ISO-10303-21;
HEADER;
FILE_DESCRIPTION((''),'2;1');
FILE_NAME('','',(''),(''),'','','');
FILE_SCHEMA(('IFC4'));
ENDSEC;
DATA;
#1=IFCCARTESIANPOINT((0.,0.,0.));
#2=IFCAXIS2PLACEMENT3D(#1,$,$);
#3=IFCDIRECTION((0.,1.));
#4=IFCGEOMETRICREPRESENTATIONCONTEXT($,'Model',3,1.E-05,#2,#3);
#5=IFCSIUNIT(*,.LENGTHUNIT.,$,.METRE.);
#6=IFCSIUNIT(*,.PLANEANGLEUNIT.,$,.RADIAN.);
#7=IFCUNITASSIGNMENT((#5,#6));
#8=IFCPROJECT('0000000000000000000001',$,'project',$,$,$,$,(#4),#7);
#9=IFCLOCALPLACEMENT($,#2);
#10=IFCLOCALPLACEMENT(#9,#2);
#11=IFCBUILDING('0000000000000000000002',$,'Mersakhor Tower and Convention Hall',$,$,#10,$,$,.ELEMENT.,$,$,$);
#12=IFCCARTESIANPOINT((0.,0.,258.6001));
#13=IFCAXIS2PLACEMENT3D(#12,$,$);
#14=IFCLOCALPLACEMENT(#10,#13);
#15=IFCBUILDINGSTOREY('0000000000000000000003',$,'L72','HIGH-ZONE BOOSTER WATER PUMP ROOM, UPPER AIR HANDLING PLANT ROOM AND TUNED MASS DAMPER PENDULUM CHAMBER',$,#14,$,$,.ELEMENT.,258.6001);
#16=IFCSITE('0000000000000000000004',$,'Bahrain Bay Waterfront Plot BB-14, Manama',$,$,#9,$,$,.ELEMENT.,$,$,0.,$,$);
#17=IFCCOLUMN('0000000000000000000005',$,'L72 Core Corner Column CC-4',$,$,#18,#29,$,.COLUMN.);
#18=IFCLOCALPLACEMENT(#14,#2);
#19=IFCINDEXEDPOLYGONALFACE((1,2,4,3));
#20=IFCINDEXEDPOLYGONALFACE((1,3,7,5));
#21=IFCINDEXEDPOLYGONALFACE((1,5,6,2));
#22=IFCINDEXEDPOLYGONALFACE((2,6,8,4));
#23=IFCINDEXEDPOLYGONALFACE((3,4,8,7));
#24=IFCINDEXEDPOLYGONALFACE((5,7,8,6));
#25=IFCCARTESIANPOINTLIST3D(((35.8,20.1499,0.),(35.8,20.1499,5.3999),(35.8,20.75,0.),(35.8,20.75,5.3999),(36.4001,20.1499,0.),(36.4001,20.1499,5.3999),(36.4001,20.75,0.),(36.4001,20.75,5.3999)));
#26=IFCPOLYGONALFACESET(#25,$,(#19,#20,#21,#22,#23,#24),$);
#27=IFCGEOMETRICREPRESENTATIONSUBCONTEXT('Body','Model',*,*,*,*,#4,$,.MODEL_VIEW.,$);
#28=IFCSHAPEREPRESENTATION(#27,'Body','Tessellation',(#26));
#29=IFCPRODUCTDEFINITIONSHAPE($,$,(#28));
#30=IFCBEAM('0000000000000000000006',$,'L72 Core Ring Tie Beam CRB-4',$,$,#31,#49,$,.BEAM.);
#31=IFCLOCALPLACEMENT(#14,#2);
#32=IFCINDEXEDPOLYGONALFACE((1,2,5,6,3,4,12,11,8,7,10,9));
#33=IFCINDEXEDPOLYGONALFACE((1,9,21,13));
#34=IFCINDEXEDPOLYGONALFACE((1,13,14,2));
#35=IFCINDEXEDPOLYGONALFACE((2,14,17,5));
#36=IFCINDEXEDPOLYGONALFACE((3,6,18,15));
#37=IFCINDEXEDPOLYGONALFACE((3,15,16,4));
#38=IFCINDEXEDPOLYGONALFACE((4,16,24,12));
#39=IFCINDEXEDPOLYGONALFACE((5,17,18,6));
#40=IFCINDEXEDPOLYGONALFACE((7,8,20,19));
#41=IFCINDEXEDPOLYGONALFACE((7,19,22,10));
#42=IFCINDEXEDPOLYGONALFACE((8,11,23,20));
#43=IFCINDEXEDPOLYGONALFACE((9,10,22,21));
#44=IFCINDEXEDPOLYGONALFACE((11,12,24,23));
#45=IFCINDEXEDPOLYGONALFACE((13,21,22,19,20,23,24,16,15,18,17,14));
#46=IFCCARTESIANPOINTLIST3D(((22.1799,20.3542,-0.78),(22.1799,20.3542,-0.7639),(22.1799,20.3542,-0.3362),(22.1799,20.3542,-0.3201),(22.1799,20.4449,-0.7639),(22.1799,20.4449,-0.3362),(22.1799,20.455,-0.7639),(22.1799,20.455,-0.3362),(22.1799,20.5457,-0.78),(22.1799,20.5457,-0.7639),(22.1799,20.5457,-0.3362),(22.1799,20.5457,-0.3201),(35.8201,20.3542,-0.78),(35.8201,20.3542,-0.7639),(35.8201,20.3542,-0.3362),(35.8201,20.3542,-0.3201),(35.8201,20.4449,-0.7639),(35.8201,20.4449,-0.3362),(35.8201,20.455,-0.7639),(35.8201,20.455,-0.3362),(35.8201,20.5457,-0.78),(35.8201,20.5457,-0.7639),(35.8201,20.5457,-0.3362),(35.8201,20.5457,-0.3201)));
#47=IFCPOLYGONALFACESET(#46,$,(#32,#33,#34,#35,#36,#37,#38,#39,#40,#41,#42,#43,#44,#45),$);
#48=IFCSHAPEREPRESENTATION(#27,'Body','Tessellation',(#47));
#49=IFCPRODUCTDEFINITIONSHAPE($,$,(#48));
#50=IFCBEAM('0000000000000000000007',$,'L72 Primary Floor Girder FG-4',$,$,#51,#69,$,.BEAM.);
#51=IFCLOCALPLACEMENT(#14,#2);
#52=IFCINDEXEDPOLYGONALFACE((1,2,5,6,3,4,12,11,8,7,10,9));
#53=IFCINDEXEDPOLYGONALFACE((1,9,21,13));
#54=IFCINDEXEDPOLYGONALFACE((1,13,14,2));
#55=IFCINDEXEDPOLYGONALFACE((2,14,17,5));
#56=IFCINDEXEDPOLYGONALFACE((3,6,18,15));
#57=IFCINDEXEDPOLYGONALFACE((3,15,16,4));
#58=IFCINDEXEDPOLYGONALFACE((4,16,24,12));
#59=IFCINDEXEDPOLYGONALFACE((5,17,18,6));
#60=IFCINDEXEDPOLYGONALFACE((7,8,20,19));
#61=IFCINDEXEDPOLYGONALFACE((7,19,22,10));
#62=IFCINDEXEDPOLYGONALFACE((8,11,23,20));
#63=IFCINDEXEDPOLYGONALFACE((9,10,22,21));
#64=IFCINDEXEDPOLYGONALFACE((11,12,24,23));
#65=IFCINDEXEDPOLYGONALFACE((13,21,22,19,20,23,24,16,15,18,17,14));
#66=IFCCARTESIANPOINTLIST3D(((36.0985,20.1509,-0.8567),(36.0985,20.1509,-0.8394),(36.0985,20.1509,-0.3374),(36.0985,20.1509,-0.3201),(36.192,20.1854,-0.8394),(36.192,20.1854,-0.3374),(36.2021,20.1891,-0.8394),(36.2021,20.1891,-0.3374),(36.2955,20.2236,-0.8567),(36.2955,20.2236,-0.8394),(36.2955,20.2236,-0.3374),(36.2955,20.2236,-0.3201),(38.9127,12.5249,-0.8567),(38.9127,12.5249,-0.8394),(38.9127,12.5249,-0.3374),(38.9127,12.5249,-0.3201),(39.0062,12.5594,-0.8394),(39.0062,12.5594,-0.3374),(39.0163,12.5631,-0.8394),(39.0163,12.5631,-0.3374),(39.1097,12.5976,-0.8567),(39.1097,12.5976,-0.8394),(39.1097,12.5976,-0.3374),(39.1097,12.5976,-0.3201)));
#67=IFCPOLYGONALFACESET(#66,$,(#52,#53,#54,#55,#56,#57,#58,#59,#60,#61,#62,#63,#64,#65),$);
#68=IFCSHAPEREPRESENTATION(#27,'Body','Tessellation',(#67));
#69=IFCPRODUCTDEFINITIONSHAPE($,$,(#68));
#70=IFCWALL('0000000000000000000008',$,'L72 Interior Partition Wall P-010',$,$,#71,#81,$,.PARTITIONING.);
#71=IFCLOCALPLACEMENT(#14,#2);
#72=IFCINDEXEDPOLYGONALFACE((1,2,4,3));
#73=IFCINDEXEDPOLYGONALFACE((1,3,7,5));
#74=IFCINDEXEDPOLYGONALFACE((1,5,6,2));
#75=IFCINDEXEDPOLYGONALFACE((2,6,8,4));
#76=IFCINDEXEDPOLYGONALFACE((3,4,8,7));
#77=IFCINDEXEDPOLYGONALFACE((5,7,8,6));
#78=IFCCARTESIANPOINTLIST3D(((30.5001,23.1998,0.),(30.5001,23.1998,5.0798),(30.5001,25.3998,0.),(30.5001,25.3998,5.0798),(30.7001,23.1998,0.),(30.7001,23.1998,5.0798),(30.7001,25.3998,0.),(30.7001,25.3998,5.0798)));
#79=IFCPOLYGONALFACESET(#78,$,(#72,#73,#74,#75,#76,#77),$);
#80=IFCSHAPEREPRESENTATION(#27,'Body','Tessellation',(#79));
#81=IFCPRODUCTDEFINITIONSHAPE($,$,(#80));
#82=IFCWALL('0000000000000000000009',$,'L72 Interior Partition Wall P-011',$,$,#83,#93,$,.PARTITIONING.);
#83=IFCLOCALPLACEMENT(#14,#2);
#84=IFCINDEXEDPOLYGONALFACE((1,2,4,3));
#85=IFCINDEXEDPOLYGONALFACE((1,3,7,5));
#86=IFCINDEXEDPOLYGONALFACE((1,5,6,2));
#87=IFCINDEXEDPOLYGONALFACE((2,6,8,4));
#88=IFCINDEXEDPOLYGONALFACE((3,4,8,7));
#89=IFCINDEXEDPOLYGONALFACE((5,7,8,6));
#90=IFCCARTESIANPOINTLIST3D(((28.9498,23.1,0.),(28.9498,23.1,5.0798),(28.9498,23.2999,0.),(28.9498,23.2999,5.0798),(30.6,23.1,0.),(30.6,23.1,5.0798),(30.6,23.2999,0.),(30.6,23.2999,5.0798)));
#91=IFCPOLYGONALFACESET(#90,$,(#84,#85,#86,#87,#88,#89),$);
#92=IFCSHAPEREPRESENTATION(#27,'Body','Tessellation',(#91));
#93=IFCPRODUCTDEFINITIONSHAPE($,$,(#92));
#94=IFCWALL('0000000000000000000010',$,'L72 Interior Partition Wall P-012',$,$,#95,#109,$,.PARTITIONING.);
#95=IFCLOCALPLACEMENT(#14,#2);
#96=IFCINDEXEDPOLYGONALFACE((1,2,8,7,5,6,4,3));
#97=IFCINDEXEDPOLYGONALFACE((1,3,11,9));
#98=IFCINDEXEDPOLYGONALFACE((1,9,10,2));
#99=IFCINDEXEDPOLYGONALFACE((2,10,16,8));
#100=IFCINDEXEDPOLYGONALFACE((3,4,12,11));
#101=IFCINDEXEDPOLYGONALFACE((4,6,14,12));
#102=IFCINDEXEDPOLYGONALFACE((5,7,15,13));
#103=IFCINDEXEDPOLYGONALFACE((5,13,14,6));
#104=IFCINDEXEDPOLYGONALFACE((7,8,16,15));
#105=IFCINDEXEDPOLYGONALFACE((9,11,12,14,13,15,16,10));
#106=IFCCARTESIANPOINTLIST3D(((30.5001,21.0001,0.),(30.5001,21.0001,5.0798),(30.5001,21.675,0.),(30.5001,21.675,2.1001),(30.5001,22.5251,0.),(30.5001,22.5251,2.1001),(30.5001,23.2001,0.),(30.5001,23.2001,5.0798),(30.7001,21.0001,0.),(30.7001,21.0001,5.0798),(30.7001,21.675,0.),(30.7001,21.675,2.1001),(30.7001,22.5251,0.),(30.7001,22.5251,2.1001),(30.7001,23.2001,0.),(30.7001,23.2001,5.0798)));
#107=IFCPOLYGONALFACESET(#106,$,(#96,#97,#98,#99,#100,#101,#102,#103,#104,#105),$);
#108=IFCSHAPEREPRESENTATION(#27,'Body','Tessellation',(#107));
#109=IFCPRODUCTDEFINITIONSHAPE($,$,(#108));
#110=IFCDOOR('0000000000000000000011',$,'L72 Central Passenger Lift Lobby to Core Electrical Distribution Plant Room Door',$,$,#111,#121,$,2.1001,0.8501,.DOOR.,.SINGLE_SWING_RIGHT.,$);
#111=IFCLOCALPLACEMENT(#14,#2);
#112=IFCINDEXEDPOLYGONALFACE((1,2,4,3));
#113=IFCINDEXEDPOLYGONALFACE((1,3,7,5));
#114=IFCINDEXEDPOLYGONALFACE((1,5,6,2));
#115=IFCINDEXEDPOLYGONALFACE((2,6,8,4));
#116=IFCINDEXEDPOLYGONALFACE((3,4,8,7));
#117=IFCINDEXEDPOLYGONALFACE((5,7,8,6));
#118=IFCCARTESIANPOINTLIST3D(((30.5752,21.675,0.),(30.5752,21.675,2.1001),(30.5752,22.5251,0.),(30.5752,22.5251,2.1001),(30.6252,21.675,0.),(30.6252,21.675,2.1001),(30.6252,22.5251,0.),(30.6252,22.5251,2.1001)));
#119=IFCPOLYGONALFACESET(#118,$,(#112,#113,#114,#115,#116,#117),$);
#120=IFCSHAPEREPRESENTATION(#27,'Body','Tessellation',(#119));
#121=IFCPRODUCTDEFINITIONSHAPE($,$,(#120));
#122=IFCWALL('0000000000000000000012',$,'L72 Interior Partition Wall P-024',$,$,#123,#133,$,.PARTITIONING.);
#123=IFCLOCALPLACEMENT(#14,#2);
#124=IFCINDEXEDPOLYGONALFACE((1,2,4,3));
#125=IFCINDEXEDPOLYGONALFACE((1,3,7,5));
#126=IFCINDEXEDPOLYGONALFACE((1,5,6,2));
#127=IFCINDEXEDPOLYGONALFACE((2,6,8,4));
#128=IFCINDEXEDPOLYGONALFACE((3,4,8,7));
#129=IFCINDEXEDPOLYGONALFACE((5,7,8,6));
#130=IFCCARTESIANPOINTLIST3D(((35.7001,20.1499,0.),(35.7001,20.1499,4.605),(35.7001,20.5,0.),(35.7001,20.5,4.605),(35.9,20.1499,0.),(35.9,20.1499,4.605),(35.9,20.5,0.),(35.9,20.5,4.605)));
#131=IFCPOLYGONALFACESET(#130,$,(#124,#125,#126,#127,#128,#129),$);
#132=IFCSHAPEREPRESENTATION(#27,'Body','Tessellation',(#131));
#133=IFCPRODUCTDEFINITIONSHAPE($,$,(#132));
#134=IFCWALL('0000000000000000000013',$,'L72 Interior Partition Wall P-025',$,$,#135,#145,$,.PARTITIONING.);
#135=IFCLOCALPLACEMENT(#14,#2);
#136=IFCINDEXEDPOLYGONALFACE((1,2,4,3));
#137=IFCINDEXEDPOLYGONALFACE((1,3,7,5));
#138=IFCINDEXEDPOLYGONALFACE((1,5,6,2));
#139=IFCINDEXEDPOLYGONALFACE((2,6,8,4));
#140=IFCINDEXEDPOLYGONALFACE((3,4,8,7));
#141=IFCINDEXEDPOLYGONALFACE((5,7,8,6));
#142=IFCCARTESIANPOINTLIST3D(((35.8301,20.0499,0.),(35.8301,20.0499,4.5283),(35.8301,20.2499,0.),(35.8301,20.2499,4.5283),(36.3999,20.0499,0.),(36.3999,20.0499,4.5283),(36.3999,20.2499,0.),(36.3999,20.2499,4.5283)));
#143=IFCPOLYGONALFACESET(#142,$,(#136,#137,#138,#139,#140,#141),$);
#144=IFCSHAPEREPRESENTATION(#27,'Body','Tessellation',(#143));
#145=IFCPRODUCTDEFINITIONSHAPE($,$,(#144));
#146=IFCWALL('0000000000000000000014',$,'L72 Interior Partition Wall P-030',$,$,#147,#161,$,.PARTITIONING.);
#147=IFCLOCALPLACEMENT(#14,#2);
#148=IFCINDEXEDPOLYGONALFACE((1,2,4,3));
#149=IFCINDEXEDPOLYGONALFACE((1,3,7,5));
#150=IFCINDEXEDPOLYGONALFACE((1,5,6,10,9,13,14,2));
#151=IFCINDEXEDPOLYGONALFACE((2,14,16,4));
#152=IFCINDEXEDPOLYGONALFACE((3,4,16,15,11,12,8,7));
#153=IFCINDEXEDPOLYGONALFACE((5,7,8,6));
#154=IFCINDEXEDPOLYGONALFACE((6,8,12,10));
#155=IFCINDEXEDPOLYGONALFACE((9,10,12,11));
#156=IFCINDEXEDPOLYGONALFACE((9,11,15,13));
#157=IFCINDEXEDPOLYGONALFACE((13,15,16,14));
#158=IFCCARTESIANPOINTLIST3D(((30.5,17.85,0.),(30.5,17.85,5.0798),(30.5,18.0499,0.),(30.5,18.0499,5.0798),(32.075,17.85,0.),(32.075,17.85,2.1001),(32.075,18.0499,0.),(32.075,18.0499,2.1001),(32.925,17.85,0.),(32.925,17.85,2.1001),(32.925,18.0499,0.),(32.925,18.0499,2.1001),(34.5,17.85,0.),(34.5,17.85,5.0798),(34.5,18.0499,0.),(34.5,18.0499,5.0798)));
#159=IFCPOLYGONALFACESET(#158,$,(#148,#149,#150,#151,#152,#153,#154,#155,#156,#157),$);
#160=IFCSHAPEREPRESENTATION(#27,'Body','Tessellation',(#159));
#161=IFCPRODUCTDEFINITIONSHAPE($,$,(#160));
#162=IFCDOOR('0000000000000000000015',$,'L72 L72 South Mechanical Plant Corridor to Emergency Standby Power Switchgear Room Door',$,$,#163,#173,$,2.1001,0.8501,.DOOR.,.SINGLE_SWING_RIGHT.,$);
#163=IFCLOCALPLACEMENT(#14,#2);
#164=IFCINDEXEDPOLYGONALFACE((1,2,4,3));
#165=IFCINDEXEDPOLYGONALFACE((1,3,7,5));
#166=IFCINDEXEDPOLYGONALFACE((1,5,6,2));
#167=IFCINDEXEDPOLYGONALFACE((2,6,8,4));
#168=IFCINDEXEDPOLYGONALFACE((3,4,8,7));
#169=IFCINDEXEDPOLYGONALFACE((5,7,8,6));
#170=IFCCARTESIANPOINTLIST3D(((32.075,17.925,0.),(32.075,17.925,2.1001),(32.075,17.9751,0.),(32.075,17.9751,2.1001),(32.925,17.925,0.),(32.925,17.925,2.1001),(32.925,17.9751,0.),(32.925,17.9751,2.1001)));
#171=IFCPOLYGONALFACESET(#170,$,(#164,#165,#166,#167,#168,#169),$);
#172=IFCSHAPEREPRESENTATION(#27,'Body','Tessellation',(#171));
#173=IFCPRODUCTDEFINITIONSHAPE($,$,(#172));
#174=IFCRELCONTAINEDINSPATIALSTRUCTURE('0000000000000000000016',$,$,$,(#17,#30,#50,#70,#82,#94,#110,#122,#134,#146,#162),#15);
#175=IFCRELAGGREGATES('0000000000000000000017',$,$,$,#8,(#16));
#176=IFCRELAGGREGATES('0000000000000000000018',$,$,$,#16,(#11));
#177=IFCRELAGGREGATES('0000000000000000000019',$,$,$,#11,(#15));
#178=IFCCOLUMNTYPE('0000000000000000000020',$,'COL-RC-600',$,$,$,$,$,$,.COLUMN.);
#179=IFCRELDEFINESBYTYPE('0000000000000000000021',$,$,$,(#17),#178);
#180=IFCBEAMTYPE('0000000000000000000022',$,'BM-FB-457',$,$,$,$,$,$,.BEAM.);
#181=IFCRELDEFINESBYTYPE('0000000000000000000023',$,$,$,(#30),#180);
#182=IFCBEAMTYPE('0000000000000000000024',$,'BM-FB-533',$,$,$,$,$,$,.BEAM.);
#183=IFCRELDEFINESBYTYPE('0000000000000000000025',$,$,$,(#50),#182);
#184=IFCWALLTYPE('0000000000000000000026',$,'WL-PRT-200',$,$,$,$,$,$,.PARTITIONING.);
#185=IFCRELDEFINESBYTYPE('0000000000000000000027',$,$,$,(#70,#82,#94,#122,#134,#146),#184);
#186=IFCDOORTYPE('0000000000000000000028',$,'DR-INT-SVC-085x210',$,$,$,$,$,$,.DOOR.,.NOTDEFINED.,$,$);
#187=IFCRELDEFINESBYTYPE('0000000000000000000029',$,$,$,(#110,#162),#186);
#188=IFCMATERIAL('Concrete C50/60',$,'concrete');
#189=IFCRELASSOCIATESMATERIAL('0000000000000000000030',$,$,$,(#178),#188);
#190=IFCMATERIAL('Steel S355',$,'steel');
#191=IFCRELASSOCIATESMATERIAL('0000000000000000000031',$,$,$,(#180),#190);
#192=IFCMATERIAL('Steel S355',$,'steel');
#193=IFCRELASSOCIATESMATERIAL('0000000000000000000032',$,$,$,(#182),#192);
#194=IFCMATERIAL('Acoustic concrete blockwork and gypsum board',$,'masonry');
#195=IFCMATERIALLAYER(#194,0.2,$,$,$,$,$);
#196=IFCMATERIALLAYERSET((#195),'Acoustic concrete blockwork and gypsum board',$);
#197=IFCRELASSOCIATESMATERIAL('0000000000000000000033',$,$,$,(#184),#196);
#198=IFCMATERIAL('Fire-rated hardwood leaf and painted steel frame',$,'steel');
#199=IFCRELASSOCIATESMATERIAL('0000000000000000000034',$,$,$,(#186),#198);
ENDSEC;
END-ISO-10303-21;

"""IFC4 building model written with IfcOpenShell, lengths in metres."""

from ifc_helpers import new_model, si_unit, direction, frame, frame_2d, origin, origin_2d, place, context, subcontext, project, spatial, rectangle, i_section, extrude, material, layer, layer_set, material_profile, profile_set, type_object, element, fill, save


model = new_model("IFC4")

# Units and contexts
model_context = context("Model", 3, precision=1e-05, world=origin(), true_north=direction((0.0, 1.0)))
body_context = subcontext(model_context, "Body", "Model", "MODEL_VIEW")
ifc_project = project(units=[si_unit("LENGTHUNIT", "METRE"), si_unit("PLANEANGLEUNIT", "RADIAN")], contexts=[model_context])

# Site, building, storey
site_placement = place(None, origin())
site = spatial("IfcSite", under=ifc_project, at=site_placement, Name="Bahrain Bay Waterfront Plot BB-14, Manama", CompositionType="ELEMENT", RefElevation=0.0)
building_placement = place(site_placement, origin())
building = spatial("IfcBuilding", under=site, at=building_placement, Name="Mersakhor Tower and Convention Hall", CompositionType="ELEMENT")
storey_placement = place(building_placement, frame((0.0, 0.0, 258.6001)))
storey = spatial("IfcBuildingStorey", under=building, at=storey_placement, Name="L72", Description="HIGH-ZONE BOOSTER WATER PUMP ROOM, UPPER AIR HANDLING PLANT ROOM AND TUNED MASS DAMPER PENDULUM CHAMBER", CompositionType="ELEMENT", Elevation=258.6001)

# Column
ifc_material_1 = material(Name="Concrete C50/60", Category="concrete")
ifc_material_profile_1 = material_profile(ifc_material_1, rectangle(XDim=0.6001, YDim=0.6001, at=origin_2d()), Name="RC 600x600")
ifc_profile_set_1 = profile_set([ifc_material_profile_1], Name="Concrete C50/60")
column_type = type_object("IfcColumnType", Name="COL-RC-600", PredefinedType="COLUMN", material=ifc_profile_set_1)
column_placement = place(storey_placement, frame((36.1001, 20.45, 0.0), z_axis=(0.0, 0.0, 1.0), x_axis=(1.0, 0.0, 0.0)))
element("IfcColumn", 1, at=column_placement, inside=storey, type_object=column_type, Name="L72 Core Corner Column CC-4", PredefinedType="COLUMN", context=body_context, shape_type="SweptSolid", body=[
    extrude(rectangle(XDim=0.6001, YDim=0.6001, at=origin_2d()), origin(), (0.0, 0.0, 1.0), 5.3999),
])

# Beams
ifc_material_2 = material(Name="Steel S355", Category="steel")
ifc_material_profile_2 = material_profile(ifc_material_2, i_section(OverallWidth=0.1914, OverallDepth=0.46, WebThickness=0.01, FlangeThickness=0.0161, at=origin_2d()), Name="UB 457x191x82")
ifc_profile_set_2 = profile_set([ifc_material_profile_2], Name="Steel S355")
beam_type_1 = type_object("IfcBeamType", Name="BM-FB-457", PredefinedType="BEAM", material=ifc_profile_set_2)
beam_1_placement = place(storey_placement, frame((35.8201, 20.45, -0.55), z_axis=(-1.0, 0.0, 0.0), x_axis=(0.0, -1.0, 0.0)))
element("IfcBeam", 2, at=beam_1_placement, inside=storey, type_object=beam_type_1, Name="L72 Core Ring Tie Beam CRB-4", PredefinedType="BEAM", context=body_context, shape_type="SweptSolid", body=[
    extrude(i_section(OverallWidth=0.1914, OverallDepth=0.46, WebThickness=0.01, FlangeThickness=0.0161, at=origin_2d()), origin(), (0.0, 0.0, 1.0), 13.6401),
])
ifc_material_3 = material(Name="Steel S355", Category="steel")
ifc_material_profile_3 = material_profile(ifc_material_3, i_section(OverallWidth=0.21, OverallDepth=0.5366, WebThickness=0.0107, FlangeThickness=0.0173, at=origin_2d()), Name="UB 533x210x101")
ifc_profile_set_3 = profile_set([ifc_material_profile_3], Name="Steel S355")
beam_type_2 = type_object("IfcBeamType", Name="BM-FB-533", PredefinedType="BEAM", material=ifc_profile_set_3)
beam_2_placement = place(storey_placement, frame((36.197, 20.1873, -0.5884), z_axis=(0.346208, -0.938158, 0.0), x_axis=(0.938158, 0.346208, 0.0)))
element("IfcBeam", 3, at=beam_2_placement, inside=storey, type_object=beam_type_2, Name="L72 Primary Floor Girder FG-4", PredefinedType="BEAM", context=body_context, shape_type="SweptSolid", body=[
    extrude(i_section(OverallWidth=0.21, OverallDepth=0.5366, WebThickness=0.0107, FlangeThickness=0.0173, at=origin_2d()), origin(), (0.0, 0.0, 1.0), 8.1287),
])

# Walls
ifc_material_4 = material(Name="Acoustic concrete blockwork and gypsum board", Category="masonry")
ifc_layer_1 = layer(ifc_material_4, 0.2)
ifc_layer_set_1 = layer_set([ifc_layer_1], Name="Acoustic concrete blockwork and gypsum board")
wall_type_1 = type_object("IfcWallType", Name="WL-PRT-200", PredefinedType="PARTITIONING", material=ifc_layer_set_1)
wall_1_placement = place(storey_placement, frame((30.6001, 25.3999, 0.0), z_axis=(0.0, 0.0, 1.0), x_axis=(0.0, -1.0, 0.0)))
element("IfcWall", 4, at=wall_1_placement, inside=storey, type_object=wall_type_1, Name="L72 Interior Partition Wall P-010", PredefinedType="PARTITIONING", context=body_context, shape_type="SweptSolid", body=[
    extrude(rectangle(XDim=2.2, YDim=0.2, at=frame_2d((1.1001, 0.0))), origin(), (0.0, 0.0, 1.0), 5.0798),
])
wall_2_placement = place(storey_placement, frame((30.6001, 23.2, 0.0), z_axis=(0.0, 0.0, 1.0), x_axis=(-1.0, 0.0, 0.0)))
element("IfcWall", 5, at=wall_2_placement, inside=storey, type_object=wall_type_1, Name="L72 Interior Partition Wall P-011", PredefinedType="PARTITIONING", context=body_context, shape_type="SweptSolid", body=[
    extrude(rectangle(XDim=1.6501, YDim=0.2, at=frame_2d((0.8252, 0.0))), origin(), (0.0, 0.0, 1.0), 5.0798),
])

# Wall, opening, door
wall_3_placement = place(storey_placement, frame((30.6001, 21.0, 0.0), z_axis=(0.0, 0.0, 1.0), x_axis=(0.0, 1.0, 0.0)))
wall_3 = element("IfcWall", 6, at=wall_3_placement, inside=storey, type_object=wall_type_1, Name="L72 Interior Partition Wall P-012", PredefinedType="PARTITIONING", context=body_context, shape_type="SweptSolid", body=[
    extrude(rectangle(XDim=2.2, YDim=0.2, at=frame_2d((1.1001, 0.0))), origin(), (0.0, 0.0, 1.0), 5.0798),
])
opening_1_placement = place(wall_3_placement, frame((0.675, 0.0, 0.0)))
opening_1 = element("IfcOpeningElement", 7, at=opening_1_placement, cuts=wall_3, PredefinedType="OPENING", context=body_context, shape_type="SweptSolid", body=[
    extrude(rectangle(XDim=0.8501, YDim=2.1001, at=frame_2d((0.425, 1.05))), frame((0.0, 0.1099, 0.0), z_axis=(0.0, -1.0, 0.0), x_axis=(1.0, 0.0, 0.0)), (0.0, 0.0, 1.0), 0.22),
])
ifc_material_5 = material(Name="Fire-rated hardwood leaf and painted steel frame", Category="steel")
door_type_1 = type_object("IfcDoorType", Name="DR-INT-SVC-085x210", OperationType="NOTDEFINED", PredefinedType="DOOR", material=ifc_material_5)
door_1_placement = place(opening_1_placement, origin())
door_1 = element("IfcDoor", 8, at=door_1_placement, inside=storey, type_object=door_type_1, Name="L72 Central Passenger Lift Lobby to Core Electrical Distribution Plant Room Door", OperationType="SINGLE_SWING_RIGHT", OverallHeight=2.1001, OverallWidth=0.8501, PredefinedType="DOOR", context=body_context, shape_type="SweptSolid", body=[
    extrude(rectangle(XDim=0.8501, YDim=2.1001, at=frame_2d((0.425, 1.05))), frame((0.0, 0.0249, 0.0), z_axis=(0.0, -1.0, 0.0), x_axis=(1.0, 0.0, 0.0)), (0.0, 0.0, 1.0), 0.05),
])
fill(opening_1, door_1)

# Walls
wall_4_placement = place(storey_placement, frame((35.8, 20.5, 0.0), z_axis=(0.0, 0.0, 1.0), x_axis=(0.0, -1.0, 0.0)))
element("IfcWall", 9, at=wall_4_placement, inside=storey, type_object=wall_type_1, Name="L72 Interior Partition Wall P-024", PredefinedType="PARTITIONING", context=body_context, shape_type="SweptSolid", body=[
    extrude(rectangle(XDim=0.3501, YDim=0.2, at=frame_2d((0.175, 0.0))), origin(), (0.0, 0.0, 1.0), 4.605),
])
wall_5_placement = place(storey_placement, frame((35.8301, 20.1499, 0.0), z_axis=(0.0, 0.0, 1.0), x_axis=(1.0, 0.0, 0.0)))
element("IfcWall", 10, at=wall_5_placement, inside=storey, type_object=wall_type_1, Name="L72 Interior Partition Wall P-025", PredefinedType="PARTITIONING", context=body_context, shape_type="SweptSolid", body=[
    extrude(rectangle(XDim=0.5698, YDim=0.2, at=frame_2d((0.2849, 0.0))), origin(), (0.0, 0.0, 1.0), 4.5283),
])

# Wall, opening, door
wall_6_placement = place(storey_placement, frame((34.5, 17.95, 0.0), z_axis=(0.0, 0.0, 1.0), x_axis=(-1.0, 0.0, 0.0)))
wall_6 = element("IfcWall", 11, at=wall_6_placement, inside=storey, type_object=wall_type_1, Name="L72 Interior Partition Wall P-030", PredefinedType="PARTITIONING", context=body_context, shape_type="SweptSolid", body=[
    extrude(rectangle(XDim=4.0, YDim=0.2, at=frame_2d((2.0, 0.0))), origin(), (0.0, 0.0, 1.0), 5.0798),
])
opening_2_placement = place(wall_6_placement, frame((1.575, 0.0, 0.0)))
opening_2 = element("IfcOpeningElement", 12, at=opening_2_placement, cuts=wall_6, PredefinedType="OPENING", context=body_context, shape_type="SweptSolid", body=[
    extrude(rectangle(XDim=0.8501, YDim=2.1001, at=frame_2d((0.425, 1.05))), frame((0.0, 0.1099, 0.0), z_axis=(0.0, -1.0, 0.0), x_axis=(1.0, 0.0, 0.0)), (0.0, 0.0, 1.0), 0.22),
])
door_2_placement = place(opening_2_placement, origin())
door_2 = element("IfcDoor", 13, at=door_2_placement, inside=storey, type_object=door_type_1, Name="L72 L72 South Mechanical Plant Corridor to Emergency Standby Power Switchgear Room Door", OperationType="SINGLE_SWING_RIGHT", OverallHeight=2.1001, OverallWidth=0.8501, PredefinedType="DOOR", context=body_context, shape_type="SweptSolid", body=[
    extrude(rectangle(XDim=0.8501, YDim=2.1001, at=frame_2d((0.425, 1.05))), frame((0.0, 0.0249, 0.0), z_axis=(0.0, -1.0, 0.0), x_axis=(1.0, 0.0, 0.0)), (0.0, 0.0, 1.0), 0.05),
])
fill(opening_2, door_2)

save(model, "model.ifc")
